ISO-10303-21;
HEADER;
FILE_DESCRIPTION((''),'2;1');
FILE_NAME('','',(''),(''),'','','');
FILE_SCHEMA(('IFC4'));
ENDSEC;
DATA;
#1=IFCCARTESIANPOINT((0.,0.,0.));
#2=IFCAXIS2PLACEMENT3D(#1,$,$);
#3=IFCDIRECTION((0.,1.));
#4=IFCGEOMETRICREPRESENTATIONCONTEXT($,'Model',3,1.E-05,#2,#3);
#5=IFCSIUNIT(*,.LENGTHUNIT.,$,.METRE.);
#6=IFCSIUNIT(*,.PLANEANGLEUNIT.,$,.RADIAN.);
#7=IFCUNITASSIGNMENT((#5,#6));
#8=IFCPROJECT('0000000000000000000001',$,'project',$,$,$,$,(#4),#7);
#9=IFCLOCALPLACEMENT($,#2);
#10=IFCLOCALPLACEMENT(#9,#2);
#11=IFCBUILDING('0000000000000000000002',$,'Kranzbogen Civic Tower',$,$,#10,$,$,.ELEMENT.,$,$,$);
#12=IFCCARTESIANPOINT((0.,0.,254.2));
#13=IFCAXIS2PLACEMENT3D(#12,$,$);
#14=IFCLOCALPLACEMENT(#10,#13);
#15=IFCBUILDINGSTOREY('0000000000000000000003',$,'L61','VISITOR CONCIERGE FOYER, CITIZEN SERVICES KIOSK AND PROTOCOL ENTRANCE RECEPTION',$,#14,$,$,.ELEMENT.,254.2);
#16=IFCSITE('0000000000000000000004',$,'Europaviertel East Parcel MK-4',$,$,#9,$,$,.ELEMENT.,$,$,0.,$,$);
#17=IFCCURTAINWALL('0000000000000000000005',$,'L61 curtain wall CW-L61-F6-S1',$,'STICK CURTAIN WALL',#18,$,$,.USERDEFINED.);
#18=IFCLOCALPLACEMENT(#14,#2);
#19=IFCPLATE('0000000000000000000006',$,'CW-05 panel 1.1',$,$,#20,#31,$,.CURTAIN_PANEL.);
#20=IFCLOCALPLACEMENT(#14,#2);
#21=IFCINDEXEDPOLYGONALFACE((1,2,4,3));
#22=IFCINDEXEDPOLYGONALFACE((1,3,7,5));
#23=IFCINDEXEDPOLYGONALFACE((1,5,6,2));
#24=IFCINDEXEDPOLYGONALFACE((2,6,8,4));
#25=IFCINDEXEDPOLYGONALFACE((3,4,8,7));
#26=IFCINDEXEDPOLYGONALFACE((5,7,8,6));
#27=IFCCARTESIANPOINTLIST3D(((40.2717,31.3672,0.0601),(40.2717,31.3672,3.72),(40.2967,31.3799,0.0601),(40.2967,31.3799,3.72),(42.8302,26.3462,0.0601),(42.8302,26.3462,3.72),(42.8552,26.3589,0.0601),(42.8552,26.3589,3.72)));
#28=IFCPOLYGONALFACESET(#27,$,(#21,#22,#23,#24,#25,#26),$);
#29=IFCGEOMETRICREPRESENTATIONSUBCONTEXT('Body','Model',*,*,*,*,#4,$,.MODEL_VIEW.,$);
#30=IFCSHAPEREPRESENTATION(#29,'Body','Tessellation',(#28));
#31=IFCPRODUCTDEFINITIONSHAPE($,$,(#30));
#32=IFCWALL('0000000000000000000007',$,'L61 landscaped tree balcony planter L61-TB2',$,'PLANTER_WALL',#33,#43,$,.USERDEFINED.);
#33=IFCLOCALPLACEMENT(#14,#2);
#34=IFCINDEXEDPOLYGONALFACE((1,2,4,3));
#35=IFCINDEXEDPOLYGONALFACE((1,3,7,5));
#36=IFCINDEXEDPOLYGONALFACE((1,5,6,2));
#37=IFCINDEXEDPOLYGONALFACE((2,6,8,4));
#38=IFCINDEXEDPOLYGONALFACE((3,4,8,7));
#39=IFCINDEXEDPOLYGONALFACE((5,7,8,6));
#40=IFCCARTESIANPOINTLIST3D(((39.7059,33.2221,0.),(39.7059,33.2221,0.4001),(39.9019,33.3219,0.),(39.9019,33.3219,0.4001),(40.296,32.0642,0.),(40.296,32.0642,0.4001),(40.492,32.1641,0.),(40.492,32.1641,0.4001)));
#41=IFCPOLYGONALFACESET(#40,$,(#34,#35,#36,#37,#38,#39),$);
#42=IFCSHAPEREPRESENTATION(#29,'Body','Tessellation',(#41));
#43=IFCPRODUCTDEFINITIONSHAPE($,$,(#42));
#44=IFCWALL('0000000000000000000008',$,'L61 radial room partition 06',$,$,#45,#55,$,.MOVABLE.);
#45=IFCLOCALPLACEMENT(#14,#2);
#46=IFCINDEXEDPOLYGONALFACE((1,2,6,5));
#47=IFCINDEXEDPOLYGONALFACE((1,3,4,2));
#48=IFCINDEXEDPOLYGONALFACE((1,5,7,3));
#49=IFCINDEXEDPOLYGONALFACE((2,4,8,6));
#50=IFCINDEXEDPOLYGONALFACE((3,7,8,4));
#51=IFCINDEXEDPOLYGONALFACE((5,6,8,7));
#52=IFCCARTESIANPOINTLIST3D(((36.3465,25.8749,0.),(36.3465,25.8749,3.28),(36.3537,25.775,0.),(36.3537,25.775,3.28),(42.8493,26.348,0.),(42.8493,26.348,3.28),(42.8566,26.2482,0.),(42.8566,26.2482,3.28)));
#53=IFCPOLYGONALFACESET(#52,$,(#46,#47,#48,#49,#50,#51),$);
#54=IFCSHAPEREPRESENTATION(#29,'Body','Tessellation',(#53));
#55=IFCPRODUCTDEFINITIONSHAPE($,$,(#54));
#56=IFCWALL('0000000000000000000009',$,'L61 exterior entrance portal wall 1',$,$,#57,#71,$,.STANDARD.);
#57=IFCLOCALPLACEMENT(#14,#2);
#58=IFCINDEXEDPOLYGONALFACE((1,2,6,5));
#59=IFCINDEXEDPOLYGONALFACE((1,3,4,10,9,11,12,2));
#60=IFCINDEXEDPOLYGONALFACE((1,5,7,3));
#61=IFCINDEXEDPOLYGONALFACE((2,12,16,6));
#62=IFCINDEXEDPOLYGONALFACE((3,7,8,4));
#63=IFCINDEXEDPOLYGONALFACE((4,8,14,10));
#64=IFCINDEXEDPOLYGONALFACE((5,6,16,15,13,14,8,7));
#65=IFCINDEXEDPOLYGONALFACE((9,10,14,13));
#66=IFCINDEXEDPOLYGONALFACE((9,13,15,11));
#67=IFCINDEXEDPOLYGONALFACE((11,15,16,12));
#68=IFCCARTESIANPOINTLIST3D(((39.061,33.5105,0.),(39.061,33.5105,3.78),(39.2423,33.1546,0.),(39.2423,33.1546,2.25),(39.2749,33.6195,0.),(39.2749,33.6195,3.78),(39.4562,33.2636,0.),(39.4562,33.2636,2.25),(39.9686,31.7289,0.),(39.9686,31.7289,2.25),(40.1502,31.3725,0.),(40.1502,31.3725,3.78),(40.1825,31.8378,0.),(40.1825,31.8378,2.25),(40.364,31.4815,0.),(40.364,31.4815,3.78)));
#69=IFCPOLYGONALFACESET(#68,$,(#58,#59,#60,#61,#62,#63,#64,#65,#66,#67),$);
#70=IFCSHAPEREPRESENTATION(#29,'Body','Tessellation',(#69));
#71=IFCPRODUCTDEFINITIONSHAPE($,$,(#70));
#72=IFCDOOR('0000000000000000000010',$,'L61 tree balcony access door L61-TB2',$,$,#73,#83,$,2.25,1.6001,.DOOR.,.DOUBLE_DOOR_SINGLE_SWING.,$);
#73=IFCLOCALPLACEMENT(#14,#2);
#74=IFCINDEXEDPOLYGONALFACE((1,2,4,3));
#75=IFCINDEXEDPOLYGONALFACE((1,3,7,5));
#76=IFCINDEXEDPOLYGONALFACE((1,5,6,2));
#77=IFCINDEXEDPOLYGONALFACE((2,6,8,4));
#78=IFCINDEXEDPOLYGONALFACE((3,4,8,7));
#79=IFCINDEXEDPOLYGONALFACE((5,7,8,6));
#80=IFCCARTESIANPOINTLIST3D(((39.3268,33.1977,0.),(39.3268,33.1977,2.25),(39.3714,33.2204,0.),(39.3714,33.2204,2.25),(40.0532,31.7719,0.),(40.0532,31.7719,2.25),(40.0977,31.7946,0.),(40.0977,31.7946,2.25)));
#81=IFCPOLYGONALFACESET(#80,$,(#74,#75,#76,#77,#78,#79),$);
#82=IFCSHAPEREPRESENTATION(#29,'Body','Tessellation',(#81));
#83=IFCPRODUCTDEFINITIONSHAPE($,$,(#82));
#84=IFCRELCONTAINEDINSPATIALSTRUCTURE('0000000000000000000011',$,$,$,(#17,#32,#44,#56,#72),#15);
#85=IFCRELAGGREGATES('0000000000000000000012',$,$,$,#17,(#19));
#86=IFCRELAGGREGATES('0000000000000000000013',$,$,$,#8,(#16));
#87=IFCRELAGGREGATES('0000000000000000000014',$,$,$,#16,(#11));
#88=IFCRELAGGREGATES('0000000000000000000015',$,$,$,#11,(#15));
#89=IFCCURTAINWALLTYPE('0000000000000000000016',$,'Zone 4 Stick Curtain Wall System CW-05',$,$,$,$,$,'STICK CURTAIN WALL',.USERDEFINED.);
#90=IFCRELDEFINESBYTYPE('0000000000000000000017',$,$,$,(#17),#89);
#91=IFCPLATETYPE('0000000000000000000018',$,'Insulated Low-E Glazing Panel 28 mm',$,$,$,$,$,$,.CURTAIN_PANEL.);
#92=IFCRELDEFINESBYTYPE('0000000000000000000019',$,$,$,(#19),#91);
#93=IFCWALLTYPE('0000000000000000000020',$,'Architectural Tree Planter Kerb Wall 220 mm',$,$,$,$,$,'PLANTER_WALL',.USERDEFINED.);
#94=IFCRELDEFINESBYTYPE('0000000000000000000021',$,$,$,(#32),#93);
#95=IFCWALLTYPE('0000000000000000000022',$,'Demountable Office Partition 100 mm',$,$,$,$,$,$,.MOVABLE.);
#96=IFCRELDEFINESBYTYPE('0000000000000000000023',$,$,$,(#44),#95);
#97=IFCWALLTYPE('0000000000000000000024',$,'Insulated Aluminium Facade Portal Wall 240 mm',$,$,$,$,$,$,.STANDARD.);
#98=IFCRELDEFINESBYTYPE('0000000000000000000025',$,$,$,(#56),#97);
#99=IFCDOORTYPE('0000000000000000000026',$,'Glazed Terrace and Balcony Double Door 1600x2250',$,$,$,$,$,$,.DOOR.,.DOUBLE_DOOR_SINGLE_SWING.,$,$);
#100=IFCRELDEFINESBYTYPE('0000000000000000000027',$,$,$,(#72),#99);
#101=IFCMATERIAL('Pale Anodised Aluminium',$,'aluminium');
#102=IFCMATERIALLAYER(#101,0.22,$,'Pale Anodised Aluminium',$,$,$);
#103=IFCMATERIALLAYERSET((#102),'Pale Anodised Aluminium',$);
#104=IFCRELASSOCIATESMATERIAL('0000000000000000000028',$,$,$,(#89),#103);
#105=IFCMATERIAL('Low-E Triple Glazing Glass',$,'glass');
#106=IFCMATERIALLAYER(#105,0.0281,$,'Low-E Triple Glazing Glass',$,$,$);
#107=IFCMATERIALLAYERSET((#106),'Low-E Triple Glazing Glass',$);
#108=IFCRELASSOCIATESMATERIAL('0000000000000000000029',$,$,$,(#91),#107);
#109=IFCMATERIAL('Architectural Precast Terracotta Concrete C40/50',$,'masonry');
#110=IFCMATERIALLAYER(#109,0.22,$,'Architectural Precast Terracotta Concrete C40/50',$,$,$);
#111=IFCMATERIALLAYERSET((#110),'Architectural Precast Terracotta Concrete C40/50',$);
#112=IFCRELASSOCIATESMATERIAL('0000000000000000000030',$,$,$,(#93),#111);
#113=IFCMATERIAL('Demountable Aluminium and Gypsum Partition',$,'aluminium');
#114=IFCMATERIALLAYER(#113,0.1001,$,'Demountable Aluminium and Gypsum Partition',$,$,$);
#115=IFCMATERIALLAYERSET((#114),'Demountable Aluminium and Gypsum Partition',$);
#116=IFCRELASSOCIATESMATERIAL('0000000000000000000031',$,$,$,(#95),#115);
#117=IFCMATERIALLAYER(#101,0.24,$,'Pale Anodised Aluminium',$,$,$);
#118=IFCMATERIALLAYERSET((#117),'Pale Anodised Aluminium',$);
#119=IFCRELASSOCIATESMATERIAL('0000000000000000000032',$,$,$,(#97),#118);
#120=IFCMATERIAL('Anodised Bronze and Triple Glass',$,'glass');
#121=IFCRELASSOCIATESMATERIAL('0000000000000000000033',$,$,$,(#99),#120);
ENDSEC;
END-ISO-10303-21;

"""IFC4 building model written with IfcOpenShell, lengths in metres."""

from ifc_helpers import new_model, si_unit, direction, frame, frame_2d, origin, origin_2d, place, context, subcontext, project, spatial, rectangle, extrude, material, layer, layer_set, type_object, element, fill, aggregate, save


model = new_model("IFC4")

# Units and contexts
model_context = context("Model", 3, precision=1e-05, world=origin(), true_north=direction((0.0, 1.0)))
body_context = subcontext(model_context, "Body", "Model", "MODEL_VIEW")
ifc_project = project(units=[si_unit("LENGTHUNIT", "METRE"), si_unit("PLANEANGLEUNIT", "RADIAN")], contexts=[model_context])

# Site, building, storey
site_placement = place(None, origin())
site = spatial("IfcSite", under=ifc_project, at=site_placement, Name="Europaviertel East Parcel MK-4", CompositionType="ELEMENT", RefElevation=0.0)
building_placement = place(site_placement, origin())
building = spatial("IfcBuilding", under=site, at=building_placement, Name="Kranzbogen Civic Tower", CompositionType="ELEMENT")
storey_placement = place(building_placement, frame((0.0, 0.0, 254.2)))
storey = spatial("IfcBuildingStorey", under=building, at=storey_placement, Name="L61", Description="VISITOR CONCIERGE FOYER, CITIZEN SERVICES KIOSK AND PROTOCOL ENTRANCE RECEPTION", CompositionType="ELEMENT", Elevation=254.2)

# Curtain wall
ifc_material_1 = material(Name="Pale Anodised Aluminium", Category="aluminium")
ifc_layer_1 = layer(ifc_material_1, 0.22, Name="Pale Anodised Aluminium")
ifc_layer_set_1 = layer_set([ifc_layer_1], Name="Pale Anodised Aluminium")
curtain_wall_type = type_object("IfcCurtainWallType", Name="Zone 4 Stick Curtain Wall System CW-05", ElementType="STICK CURTAIN WALL", PredefinedType="USERDEFINED", material=ifc_layer_set_1)
curtain_wall_1_placement = place(storey_placement, origin())
curtain_wall_1 = element("IfcCurtainWall", 1, at=curtain_wall_1_placement, inside=storey, type_object=curtain_wall_type, Name="L61 curtain wall CW-L61-F6-S1", ObjectType="STICK CURTAIN WALL", PredefinedType="USERDEFINED")

# Plate
ifc_material_2 = material(Name="Low-E Triple Glazing Glass", Category="glass")
ifc_layer_2 = layer(ifc_material_2, 0.0281, Name="Low-E Triple Glazing Glass")
ifc_layer_set_2 = layer_set([ifc_layer_2], Name="Low-E Triple Glazing Glass")
plate_type = type_object("IfcPlateType", Name="Insulated Low-E Glazing Panel 28 mm", PredefinedType="CURTAIN_PANEL", material=ifc_layer_set_2)
plate_placement = place(storey_placement, frame((41.5635, 28.863, 0.0601), z_axis=(0.0, 0.0, 1.0), x_axis=(-0.454012, 0.890996, 0.0)))
plate = element("IfcPlate", 2, at=plate_placement, type_object=plate_type, Name="CW-05 panel 1.1", PredefinedType="CURTAIN_PANEL", context=body_context, shape_type="SweptSolid", body=[
    extrude(rectangle(XDim=5.6353, YDim=0.0281, at=origin_2d()), origin(), (0.0, 0.0, 1.0), 3.6599),
])
aggregate(curtain_wall_1, [plate])

# Walls
ifc_material_3 = material(Name="Architectural Precast Terracotta Concrete C40/50", Category="masonry")
ifc_layer_3 = layer(ifc_material_3, 0.22, Name="Architectural Precast Terracotta Concrete C40/50")
ifc_layer_set_3 = layer_set([ifc_layer_3], Name="Architectural Precast Terracotta Concrete C40/50")
wall_type_1 = type_object("IfcWallType", Name="Architectural Tree Planter Kerb Wall 220 mm", ElementType="PLANTER_WALL", PredefinedType="USERDEFINED", material=ifc_layer_set_3)
wall_1_placement = place(storey_placement, frame((40.394, 32.114, 0.0), z_axis=(0.0, 0.0, 1.0), x_axis=(-0.454038, 0.890982, 0.0)))
element("IfcWall", 3, at=wall_1_placement, inside=storey, type_object=wall_type_1, Name="L61 landscaped tree balcony planter L61-TB2", ObjectType="PLANTER_WALL", PredefinedType="USERDEFINED", context=body_context, shape_type="SweptSolid", body=[
    extrude(rectangle(XDim=1.2996, YDim=0.22, at=frame_2d((0.6499, 0.0))), origin(), (0.0, 0.0, 1.0), 0.4001),
])
ifc_material_4 = material(Name="Demountable Aluminium and Gypsum Partition", Category="aluminium")
ifc_layer_4 = layer(ifc_material_4, 0.1001, Name="Demountable Aluminium and Gypsum Partition")
ifc_layer_set_4 = layer_set([ifc_layer_4], Name="Demountable Aluminium and Gypsum Partition")
wall_type_2 = type_object("IfcWallType", Name="Demountable Office Partition 100 mm", PredefinedType="MOVABLE", material=ifc_layer_set_4)
wall_2_placement = place(storey_placement, frame((36.3501, 25.825, 0.0), z_axis=(0.0, 0.0, 1.0), x_axis=(0.997364, 0.072567, 0.0)))
element("IfcWall", 4, at=wall_2_placement, inside=storey, type_object=wall_type_2, Name="L61 radial room partition 06", PredefinedType="MOVABLE", context=body_context, shape_type="SweptSolid", body=[
    extrude(rectangle(XDim=6.52, YDim=0.1001, at=frame_2d((3.26, 0.0))), origin(), (0.0, 0.0, 1.0), 3.28),
])

# Wall, opening, door
ifc_layer_5 = layer(ifc_material_1, 0.24, Name="Pale Anodised Aluminium")
ifc_layer_set_5 = layer_set([ifc_layer_5], Name="Pale Anodised Aluminium")
wall_type_3 = type_object("IfcWallType", Name="Insulated Aluminium Facade Portal Wall 240 mm", PredefinedType="STANDARD", material=ifc_layer_set_5)
wall_3_placement = place(storey_placement, frame((40.2571, 31.427, 0.0), z_axis=(0.0, 0.0, 1.0), x_axis=(-0.453917, 0.891044, 0.0)))
wall_3 = element("IfcWall", 5, at=wall_3_placement, inside=storey, type_object=wall_type_3, Name="L61 exterior entrance portal wall 1", PredefinedType="STANDARD", context=body_context, shape_type="SweptSolid", body=[
    extrude(rectangle(XDim=2.3994, YDim=0.24, at=frame_2d((1.1997, 0.0))), origin(), (0.0, 0.0, 1.0), 3.78),
])
opening_placement = place(wall_3_placement, frame((0.3999, 0.0, 0.0)))
opening = element("IfcOpeningElement", 6, at=opening_placement, cuts=wall_3, PredefinedType="OPENING", context=body_context, shape_type="SweptSolid", body=[
    extrude(rectangle(XDim=1.6001, YDim=2.25, at=frame_2d((0.8, 1.125))), frame((0.0, 0.1299, 0.0), z_axis=(0.0, -1.0, 0.0), x_axis=(1.0, 0.0, 0.0)), (0.0, 0.0, 1.0), 0.26),
])
ifc_material_5 = material(Name="Anodised Bronze and Triple Glass", Category="glass")
door_type = type_object("IfcDoorType", Name="Glazed Terrace and Balcony Double Door 1600x2250", OperationType="DOUBLE_DOOR_SINGLE_SWING", PredefinedType="DOOR", material=ifc_material_5)
door_placement = place(opening_placement, frame((1.6001, 0.0, 0.0), z_axis=(0.0, 0.0, 1.0), x_axis=(-1.0, 0.0, 0.0)))
door = element("IfcDoor", 7, at=door_placement, inside=storey, type_object=door_type, Name="L61 tree balcony access door L61-TB2", OperationType="DOUBLE_DOOR_SINGLE_SWING", OverallHeight=2.25, OverallWidth=1.6001, PredefinedType="DOOR", context=body_context, shape_type="SweptSolid", body=[
    extrude(rectangle(XDim=1.6001, YDim=2.25, at=frame_2d((0.8, 1.125))), frame((0.0, 0.0249, 0.0), z_axis=(0.0, -1.0, 0.0), x_axis=(1.0, 0.0, 0.0)), (0.0, 0.0, 1.0), 0.05),
])
fill(opening, door)

save(model, "model.ifc")
